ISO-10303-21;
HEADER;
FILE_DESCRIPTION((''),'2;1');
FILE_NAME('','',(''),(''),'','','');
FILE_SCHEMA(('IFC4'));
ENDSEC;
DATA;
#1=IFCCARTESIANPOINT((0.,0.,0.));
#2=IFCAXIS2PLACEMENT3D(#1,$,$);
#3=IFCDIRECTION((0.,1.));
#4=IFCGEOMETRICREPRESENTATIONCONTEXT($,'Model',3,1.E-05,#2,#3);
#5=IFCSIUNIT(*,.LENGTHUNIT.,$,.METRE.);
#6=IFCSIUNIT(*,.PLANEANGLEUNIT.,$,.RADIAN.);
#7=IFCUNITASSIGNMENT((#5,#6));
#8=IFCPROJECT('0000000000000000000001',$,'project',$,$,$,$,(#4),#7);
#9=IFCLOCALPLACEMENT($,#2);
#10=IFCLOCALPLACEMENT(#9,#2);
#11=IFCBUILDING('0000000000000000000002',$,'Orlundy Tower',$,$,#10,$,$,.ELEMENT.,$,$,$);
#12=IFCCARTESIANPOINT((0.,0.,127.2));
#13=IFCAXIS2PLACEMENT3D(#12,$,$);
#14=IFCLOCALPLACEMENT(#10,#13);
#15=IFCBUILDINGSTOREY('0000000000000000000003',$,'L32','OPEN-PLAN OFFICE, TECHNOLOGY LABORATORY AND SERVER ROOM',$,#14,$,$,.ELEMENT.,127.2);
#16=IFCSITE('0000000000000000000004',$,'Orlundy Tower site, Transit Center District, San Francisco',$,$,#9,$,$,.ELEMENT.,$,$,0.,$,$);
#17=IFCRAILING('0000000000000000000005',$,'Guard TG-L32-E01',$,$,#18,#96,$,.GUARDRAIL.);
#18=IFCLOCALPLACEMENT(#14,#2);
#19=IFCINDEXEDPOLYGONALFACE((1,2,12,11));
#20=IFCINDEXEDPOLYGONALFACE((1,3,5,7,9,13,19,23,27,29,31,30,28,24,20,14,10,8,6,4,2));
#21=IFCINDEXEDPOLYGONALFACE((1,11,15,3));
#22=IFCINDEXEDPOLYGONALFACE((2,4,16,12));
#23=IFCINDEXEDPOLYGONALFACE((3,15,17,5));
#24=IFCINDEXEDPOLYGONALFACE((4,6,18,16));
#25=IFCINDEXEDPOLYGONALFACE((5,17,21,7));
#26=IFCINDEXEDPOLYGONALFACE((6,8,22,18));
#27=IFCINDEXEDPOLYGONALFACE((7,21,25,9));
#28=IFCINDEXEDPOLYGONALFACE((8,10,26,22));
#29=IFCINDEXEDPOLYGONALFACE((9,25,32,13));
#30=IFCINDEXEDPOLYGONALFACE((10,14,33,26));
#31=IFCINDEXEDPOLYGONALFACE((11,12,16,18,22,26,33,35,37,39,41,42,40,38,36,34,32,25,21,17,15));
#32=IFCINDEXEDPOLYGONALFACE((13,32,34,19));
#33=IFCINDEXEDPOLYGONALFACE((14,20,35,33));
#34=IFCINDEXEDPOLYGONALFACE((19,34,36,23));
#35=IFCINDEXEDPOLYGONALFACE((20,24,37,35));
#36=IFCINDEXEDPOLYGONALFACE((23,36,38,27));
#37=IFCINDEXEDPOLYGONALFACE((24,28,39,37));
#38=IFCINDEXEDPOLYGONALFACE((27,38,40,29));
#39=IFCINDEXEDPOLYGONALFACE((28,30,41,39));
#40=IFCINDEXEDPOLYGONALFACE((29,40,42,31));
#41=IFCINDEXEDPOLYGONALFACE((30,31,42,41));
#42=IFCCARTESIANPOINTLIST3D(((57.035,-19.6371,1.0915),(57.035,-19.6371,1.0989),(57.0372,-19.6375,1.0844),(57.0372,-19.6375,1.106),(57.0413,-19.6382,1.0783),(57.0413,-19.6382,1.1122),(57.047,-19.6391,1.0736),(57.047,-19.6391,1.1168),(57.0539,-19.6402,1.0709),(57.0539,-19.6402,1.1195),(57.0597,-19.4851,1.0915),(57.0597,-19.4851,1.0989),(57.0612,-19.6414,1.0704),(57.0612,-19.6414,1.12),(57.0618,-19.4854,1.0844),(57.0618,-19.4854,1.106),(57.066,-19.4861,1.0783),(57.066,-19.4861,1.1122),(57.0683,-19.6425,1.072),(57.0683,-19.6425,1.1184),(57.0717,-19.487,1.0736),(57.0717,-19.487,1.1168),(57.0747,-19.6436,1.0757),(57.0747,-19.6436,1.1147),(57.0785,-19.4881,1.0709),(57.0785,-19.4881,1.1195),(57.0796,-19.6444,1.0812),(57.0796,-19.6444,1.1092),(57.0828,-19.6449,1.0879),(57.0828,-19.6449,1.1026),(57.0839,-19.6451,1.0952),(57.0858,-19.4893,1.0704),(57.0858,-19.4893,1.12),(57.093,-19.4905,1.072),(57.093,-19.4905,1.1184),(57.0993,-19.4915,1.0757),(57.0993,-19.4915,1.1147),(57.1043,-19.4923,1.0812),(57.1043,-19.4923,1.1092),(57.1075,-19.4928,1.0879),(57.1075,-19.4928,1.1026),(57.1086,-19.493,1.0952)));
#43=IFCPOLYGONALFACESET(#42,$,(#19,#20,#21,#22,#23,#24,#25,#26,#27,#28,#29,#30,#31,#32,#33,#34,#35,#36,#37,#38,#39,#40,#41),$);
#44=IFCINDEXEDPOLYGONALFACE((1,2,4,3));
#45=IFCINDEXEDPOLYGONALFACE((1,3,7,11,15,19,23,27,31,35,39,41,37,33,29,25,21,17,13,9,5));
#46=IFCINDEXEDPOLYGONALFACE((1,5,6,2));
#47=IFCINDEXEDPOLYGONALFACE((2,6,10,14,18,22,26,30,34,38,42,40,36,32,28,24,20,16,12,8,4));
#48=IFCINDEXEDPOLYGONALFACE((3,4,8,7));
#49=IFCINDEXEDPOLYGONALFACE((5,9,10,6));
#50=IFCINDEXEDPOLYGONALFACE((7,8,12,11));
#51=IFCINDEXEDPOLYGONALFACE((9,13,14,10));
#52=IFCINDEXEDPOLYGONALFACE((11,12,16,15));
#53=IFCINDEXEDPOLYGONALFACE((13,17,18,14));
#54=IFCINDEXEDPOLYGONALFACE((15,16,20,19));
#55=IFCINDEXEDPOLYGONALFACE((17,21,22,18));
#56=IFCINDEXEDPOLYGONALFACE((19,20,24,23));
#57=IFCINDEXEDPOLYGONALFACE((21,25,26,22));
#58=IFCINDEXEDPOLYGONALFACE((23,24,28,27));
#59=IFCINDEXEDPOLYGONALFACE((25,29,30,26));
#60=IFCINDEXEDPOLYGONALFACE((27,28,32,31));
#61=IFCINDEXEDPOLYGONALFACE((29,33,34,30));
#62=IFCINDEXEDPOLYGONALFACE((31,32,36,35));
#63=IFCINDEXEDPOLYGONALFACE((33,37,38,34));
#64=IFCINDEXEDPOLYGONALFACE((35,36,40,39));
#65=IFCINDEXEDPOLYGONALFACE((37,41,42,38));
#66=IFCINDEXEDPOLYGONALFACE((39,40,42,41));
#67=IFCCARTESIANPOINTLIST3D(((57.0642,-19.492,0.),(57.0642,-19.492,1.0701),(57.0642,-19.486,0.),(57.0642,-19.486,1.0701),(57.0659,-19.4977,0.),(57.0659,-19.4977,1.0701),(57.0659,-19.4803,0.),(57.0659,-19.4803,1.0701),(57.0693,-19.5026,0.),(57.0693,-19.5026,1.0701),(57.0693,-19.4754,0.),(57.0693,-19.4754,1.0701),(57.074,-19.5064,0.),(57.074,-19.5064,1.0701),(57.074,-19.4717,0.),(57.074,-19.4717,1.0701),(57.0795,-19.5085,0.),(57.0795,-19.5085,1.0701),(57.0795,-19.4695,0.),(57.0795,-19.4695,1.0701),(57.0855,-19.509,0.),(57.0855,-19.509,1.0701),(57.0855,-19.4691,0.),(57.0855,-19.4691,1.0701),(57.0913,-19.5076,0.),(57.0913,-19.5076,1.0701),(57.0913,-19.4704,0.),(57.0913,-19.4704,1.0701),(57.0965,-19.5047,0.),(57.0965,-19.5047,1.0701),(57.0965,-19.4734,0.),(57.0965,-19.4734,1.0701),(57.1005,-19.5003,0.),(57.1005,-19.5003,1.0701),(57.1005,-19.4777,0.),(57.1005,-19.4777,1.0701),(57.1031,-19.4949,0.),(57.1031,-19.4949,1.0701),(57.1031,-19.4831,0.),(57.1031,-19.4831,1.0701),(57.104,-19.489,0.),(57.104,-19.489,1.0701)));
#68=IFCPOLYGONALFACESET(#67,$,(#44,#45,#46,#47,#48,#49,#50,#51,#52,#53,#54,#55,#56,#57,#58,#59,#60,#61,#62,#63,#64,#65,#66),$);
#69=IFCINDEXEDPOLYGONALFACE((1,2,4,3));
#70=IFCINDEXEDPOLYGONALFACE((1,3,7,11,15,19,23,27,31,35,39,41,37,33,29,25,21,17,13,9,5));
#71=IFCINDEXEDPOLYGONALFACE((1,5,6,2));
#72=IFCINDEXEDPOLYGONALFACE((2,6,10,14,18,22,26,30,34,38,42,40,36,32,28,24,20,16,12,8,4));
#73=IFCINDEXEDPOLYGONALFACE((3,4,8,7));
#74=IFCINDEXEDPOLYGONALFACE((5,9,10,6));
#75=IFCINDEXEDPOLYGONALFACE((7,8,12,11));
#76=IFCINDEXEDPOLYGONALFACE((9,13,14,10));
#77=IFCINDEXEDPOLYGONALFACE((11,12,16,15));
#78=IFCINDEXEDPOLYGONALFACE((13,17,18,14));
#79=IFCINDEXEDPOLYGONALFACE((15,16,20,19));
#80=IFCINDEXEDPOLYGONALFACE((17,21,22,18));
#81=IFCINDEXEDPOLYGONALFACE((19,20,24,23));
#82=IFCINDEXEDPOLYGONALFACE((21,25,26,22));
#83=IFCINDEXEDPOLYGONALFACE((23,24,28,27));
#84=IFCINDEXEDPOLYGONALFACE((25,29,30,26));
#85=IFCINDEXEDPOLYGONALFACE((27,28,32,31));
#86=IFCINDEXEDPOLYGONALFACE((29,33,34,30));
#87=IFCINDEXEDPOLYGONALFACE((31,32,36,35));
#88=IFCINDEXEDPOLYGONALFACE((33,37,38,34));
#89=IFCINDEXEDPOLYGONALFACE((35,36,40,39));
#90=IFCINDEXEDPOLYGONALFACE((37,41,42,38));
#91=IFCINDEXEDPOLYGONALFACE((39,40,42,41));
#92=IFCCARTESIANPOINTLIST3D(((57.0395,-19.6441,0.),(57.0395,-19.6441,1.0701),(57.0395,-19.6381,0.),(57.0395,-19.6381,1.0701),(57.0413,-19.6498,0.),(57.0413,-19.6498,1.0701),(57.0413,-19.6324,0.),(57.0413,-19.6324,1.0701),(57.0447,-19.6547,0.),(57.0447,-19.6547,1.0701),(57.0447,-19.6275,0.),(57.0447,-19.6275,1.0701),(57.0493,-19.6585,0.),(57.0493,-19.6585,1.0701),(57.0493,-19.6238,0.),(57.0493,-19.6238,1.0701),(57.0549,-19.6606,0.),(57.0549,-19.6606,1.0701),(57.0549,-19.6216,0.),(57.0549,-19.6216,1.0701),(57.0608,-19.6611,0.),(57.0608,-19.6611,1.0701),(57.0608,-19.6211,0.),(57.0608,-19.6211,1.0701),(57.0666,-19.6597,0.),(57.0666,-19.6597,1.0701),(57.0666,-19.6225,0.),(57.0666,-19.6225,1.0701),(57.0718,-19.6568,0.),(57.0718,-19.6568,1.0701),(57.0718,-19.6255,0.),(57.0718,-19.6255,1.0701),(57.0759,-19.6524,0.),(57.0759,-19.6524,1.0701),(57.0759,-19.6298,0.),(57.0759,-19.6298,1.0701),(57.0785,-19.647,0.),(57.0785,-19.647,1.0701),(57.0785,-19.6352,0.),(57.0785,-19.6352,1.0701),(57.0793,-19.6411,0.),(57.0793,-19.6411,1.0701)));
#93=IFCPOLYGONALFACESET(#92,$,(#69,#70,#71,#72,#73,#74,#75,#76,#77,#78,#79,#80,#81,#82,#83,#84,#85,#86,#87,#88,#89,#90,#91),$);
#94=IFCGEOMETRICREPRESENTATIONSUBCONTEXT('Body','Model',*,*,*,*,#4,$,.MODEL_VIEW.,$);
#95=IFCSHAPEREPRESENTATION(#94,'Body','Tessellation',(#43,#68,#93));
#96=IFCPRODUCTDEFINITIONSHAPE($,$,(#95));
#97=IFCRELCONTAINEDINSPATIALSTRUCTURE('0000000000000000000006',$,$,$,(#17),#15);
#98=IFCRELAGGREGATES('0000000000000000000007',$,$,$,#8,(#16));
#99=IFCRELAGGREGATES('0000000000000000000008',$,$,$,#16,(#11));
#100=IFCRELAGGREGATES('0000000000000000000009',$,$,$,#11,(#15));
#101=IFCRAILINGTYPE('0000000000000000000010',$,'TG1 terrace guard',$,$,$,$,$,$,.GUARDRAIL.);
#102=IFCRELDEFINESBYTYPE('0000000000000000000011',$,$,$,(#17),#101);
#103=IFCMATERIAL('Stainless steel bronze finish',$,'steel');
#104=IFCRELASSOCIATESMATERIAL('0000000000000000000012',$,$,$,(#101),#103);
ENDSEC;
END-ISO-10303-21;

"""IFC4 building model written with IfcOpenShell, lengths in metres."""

from ifc_helpers import new_model, si_unit, direction, frame, origin, origin_2d, place, context, subcontext, project, spatial, circle, extrude, material, type_object, element, save


model = new_model("IFC4")

# Units and contexts
model_context = context("Model", 3, precision=1e-05, world=origin(), true_north=direction((0.0, 1.0)))
body_context = subcontext(model_context, "Body", "Model", "MODEL_VIEW")
ifc_project = project(units=[si_unit("LENGTHUNIT", "METRE"), si_unit("PLANEANGLEUNIT", "RADIAN")], contexts=[model_context])

# Site, building, storey
site_placement = place(None, origin())
site = spatial("IfcSite", under=ifc_project, at=site_placement, Name="Orlundy Tower site, Transit Center District, San Francisco", CompositionType="ELEMENT", RefElevation=0.0)
building_placement = place(site_placement, origin())
building = spatial("IfcBuilding", under=site, at=building_placement, Name="Orlundy Tower", CompositionType="ELEMENT")
storey_placement = place(building_placement, frame((0.0, 0.0, 127.2)))
storey = spatial("IfcBuildingStorey", under=building, at=storey_placement, Name="L32", Description="OPEN-PLAN OFFICE, TECHNOLOGY LABORATORY AND SERVER ROOM", CompositionType="ELEMENT", Elevation=127.2)

# Railing
ifc_material_1 = material(Name="Stainless steel bronze finish", Category="steel")
railing_type = type_object("IfcRailingType", Name="TG1 terrace guard", PredefinedType="GUARDRAIL", material=ifc_material_1)
railing_placement = place(storey_placement, frame((57.084, -19.489, 0.0)))
element("IfcRailing", 1, at=railing_placement, inside=storey, type_object=railing_type, Name="Guard TG-L32-E01", PredefinedType="GUARDRAIL", context=body_context, shape_type="SweptSolid", body=[
    extrude(circle(Radius=0.0249, at=origin_2d()), frame((0.0, 0.0, 1.0952), z_axis=(-0.160029, -0.987112, 0.0), x_axis=(0.987112, -0.160029, 0.0)), (0.0, 0.0, 1.0), 0.1541),
    extrude(circle(Radius=0.02, at=origin_2d()), origin(), (0.0, 0.0, 1.0), 1.0701),
    extrude(circle(Radius=0.02, at=origin_2d()), frame((-0.0247, -0.1521, 0.0)), (0.0, 0.0, 1.0), 1.0701),
])

save(model, "model.ifc")
